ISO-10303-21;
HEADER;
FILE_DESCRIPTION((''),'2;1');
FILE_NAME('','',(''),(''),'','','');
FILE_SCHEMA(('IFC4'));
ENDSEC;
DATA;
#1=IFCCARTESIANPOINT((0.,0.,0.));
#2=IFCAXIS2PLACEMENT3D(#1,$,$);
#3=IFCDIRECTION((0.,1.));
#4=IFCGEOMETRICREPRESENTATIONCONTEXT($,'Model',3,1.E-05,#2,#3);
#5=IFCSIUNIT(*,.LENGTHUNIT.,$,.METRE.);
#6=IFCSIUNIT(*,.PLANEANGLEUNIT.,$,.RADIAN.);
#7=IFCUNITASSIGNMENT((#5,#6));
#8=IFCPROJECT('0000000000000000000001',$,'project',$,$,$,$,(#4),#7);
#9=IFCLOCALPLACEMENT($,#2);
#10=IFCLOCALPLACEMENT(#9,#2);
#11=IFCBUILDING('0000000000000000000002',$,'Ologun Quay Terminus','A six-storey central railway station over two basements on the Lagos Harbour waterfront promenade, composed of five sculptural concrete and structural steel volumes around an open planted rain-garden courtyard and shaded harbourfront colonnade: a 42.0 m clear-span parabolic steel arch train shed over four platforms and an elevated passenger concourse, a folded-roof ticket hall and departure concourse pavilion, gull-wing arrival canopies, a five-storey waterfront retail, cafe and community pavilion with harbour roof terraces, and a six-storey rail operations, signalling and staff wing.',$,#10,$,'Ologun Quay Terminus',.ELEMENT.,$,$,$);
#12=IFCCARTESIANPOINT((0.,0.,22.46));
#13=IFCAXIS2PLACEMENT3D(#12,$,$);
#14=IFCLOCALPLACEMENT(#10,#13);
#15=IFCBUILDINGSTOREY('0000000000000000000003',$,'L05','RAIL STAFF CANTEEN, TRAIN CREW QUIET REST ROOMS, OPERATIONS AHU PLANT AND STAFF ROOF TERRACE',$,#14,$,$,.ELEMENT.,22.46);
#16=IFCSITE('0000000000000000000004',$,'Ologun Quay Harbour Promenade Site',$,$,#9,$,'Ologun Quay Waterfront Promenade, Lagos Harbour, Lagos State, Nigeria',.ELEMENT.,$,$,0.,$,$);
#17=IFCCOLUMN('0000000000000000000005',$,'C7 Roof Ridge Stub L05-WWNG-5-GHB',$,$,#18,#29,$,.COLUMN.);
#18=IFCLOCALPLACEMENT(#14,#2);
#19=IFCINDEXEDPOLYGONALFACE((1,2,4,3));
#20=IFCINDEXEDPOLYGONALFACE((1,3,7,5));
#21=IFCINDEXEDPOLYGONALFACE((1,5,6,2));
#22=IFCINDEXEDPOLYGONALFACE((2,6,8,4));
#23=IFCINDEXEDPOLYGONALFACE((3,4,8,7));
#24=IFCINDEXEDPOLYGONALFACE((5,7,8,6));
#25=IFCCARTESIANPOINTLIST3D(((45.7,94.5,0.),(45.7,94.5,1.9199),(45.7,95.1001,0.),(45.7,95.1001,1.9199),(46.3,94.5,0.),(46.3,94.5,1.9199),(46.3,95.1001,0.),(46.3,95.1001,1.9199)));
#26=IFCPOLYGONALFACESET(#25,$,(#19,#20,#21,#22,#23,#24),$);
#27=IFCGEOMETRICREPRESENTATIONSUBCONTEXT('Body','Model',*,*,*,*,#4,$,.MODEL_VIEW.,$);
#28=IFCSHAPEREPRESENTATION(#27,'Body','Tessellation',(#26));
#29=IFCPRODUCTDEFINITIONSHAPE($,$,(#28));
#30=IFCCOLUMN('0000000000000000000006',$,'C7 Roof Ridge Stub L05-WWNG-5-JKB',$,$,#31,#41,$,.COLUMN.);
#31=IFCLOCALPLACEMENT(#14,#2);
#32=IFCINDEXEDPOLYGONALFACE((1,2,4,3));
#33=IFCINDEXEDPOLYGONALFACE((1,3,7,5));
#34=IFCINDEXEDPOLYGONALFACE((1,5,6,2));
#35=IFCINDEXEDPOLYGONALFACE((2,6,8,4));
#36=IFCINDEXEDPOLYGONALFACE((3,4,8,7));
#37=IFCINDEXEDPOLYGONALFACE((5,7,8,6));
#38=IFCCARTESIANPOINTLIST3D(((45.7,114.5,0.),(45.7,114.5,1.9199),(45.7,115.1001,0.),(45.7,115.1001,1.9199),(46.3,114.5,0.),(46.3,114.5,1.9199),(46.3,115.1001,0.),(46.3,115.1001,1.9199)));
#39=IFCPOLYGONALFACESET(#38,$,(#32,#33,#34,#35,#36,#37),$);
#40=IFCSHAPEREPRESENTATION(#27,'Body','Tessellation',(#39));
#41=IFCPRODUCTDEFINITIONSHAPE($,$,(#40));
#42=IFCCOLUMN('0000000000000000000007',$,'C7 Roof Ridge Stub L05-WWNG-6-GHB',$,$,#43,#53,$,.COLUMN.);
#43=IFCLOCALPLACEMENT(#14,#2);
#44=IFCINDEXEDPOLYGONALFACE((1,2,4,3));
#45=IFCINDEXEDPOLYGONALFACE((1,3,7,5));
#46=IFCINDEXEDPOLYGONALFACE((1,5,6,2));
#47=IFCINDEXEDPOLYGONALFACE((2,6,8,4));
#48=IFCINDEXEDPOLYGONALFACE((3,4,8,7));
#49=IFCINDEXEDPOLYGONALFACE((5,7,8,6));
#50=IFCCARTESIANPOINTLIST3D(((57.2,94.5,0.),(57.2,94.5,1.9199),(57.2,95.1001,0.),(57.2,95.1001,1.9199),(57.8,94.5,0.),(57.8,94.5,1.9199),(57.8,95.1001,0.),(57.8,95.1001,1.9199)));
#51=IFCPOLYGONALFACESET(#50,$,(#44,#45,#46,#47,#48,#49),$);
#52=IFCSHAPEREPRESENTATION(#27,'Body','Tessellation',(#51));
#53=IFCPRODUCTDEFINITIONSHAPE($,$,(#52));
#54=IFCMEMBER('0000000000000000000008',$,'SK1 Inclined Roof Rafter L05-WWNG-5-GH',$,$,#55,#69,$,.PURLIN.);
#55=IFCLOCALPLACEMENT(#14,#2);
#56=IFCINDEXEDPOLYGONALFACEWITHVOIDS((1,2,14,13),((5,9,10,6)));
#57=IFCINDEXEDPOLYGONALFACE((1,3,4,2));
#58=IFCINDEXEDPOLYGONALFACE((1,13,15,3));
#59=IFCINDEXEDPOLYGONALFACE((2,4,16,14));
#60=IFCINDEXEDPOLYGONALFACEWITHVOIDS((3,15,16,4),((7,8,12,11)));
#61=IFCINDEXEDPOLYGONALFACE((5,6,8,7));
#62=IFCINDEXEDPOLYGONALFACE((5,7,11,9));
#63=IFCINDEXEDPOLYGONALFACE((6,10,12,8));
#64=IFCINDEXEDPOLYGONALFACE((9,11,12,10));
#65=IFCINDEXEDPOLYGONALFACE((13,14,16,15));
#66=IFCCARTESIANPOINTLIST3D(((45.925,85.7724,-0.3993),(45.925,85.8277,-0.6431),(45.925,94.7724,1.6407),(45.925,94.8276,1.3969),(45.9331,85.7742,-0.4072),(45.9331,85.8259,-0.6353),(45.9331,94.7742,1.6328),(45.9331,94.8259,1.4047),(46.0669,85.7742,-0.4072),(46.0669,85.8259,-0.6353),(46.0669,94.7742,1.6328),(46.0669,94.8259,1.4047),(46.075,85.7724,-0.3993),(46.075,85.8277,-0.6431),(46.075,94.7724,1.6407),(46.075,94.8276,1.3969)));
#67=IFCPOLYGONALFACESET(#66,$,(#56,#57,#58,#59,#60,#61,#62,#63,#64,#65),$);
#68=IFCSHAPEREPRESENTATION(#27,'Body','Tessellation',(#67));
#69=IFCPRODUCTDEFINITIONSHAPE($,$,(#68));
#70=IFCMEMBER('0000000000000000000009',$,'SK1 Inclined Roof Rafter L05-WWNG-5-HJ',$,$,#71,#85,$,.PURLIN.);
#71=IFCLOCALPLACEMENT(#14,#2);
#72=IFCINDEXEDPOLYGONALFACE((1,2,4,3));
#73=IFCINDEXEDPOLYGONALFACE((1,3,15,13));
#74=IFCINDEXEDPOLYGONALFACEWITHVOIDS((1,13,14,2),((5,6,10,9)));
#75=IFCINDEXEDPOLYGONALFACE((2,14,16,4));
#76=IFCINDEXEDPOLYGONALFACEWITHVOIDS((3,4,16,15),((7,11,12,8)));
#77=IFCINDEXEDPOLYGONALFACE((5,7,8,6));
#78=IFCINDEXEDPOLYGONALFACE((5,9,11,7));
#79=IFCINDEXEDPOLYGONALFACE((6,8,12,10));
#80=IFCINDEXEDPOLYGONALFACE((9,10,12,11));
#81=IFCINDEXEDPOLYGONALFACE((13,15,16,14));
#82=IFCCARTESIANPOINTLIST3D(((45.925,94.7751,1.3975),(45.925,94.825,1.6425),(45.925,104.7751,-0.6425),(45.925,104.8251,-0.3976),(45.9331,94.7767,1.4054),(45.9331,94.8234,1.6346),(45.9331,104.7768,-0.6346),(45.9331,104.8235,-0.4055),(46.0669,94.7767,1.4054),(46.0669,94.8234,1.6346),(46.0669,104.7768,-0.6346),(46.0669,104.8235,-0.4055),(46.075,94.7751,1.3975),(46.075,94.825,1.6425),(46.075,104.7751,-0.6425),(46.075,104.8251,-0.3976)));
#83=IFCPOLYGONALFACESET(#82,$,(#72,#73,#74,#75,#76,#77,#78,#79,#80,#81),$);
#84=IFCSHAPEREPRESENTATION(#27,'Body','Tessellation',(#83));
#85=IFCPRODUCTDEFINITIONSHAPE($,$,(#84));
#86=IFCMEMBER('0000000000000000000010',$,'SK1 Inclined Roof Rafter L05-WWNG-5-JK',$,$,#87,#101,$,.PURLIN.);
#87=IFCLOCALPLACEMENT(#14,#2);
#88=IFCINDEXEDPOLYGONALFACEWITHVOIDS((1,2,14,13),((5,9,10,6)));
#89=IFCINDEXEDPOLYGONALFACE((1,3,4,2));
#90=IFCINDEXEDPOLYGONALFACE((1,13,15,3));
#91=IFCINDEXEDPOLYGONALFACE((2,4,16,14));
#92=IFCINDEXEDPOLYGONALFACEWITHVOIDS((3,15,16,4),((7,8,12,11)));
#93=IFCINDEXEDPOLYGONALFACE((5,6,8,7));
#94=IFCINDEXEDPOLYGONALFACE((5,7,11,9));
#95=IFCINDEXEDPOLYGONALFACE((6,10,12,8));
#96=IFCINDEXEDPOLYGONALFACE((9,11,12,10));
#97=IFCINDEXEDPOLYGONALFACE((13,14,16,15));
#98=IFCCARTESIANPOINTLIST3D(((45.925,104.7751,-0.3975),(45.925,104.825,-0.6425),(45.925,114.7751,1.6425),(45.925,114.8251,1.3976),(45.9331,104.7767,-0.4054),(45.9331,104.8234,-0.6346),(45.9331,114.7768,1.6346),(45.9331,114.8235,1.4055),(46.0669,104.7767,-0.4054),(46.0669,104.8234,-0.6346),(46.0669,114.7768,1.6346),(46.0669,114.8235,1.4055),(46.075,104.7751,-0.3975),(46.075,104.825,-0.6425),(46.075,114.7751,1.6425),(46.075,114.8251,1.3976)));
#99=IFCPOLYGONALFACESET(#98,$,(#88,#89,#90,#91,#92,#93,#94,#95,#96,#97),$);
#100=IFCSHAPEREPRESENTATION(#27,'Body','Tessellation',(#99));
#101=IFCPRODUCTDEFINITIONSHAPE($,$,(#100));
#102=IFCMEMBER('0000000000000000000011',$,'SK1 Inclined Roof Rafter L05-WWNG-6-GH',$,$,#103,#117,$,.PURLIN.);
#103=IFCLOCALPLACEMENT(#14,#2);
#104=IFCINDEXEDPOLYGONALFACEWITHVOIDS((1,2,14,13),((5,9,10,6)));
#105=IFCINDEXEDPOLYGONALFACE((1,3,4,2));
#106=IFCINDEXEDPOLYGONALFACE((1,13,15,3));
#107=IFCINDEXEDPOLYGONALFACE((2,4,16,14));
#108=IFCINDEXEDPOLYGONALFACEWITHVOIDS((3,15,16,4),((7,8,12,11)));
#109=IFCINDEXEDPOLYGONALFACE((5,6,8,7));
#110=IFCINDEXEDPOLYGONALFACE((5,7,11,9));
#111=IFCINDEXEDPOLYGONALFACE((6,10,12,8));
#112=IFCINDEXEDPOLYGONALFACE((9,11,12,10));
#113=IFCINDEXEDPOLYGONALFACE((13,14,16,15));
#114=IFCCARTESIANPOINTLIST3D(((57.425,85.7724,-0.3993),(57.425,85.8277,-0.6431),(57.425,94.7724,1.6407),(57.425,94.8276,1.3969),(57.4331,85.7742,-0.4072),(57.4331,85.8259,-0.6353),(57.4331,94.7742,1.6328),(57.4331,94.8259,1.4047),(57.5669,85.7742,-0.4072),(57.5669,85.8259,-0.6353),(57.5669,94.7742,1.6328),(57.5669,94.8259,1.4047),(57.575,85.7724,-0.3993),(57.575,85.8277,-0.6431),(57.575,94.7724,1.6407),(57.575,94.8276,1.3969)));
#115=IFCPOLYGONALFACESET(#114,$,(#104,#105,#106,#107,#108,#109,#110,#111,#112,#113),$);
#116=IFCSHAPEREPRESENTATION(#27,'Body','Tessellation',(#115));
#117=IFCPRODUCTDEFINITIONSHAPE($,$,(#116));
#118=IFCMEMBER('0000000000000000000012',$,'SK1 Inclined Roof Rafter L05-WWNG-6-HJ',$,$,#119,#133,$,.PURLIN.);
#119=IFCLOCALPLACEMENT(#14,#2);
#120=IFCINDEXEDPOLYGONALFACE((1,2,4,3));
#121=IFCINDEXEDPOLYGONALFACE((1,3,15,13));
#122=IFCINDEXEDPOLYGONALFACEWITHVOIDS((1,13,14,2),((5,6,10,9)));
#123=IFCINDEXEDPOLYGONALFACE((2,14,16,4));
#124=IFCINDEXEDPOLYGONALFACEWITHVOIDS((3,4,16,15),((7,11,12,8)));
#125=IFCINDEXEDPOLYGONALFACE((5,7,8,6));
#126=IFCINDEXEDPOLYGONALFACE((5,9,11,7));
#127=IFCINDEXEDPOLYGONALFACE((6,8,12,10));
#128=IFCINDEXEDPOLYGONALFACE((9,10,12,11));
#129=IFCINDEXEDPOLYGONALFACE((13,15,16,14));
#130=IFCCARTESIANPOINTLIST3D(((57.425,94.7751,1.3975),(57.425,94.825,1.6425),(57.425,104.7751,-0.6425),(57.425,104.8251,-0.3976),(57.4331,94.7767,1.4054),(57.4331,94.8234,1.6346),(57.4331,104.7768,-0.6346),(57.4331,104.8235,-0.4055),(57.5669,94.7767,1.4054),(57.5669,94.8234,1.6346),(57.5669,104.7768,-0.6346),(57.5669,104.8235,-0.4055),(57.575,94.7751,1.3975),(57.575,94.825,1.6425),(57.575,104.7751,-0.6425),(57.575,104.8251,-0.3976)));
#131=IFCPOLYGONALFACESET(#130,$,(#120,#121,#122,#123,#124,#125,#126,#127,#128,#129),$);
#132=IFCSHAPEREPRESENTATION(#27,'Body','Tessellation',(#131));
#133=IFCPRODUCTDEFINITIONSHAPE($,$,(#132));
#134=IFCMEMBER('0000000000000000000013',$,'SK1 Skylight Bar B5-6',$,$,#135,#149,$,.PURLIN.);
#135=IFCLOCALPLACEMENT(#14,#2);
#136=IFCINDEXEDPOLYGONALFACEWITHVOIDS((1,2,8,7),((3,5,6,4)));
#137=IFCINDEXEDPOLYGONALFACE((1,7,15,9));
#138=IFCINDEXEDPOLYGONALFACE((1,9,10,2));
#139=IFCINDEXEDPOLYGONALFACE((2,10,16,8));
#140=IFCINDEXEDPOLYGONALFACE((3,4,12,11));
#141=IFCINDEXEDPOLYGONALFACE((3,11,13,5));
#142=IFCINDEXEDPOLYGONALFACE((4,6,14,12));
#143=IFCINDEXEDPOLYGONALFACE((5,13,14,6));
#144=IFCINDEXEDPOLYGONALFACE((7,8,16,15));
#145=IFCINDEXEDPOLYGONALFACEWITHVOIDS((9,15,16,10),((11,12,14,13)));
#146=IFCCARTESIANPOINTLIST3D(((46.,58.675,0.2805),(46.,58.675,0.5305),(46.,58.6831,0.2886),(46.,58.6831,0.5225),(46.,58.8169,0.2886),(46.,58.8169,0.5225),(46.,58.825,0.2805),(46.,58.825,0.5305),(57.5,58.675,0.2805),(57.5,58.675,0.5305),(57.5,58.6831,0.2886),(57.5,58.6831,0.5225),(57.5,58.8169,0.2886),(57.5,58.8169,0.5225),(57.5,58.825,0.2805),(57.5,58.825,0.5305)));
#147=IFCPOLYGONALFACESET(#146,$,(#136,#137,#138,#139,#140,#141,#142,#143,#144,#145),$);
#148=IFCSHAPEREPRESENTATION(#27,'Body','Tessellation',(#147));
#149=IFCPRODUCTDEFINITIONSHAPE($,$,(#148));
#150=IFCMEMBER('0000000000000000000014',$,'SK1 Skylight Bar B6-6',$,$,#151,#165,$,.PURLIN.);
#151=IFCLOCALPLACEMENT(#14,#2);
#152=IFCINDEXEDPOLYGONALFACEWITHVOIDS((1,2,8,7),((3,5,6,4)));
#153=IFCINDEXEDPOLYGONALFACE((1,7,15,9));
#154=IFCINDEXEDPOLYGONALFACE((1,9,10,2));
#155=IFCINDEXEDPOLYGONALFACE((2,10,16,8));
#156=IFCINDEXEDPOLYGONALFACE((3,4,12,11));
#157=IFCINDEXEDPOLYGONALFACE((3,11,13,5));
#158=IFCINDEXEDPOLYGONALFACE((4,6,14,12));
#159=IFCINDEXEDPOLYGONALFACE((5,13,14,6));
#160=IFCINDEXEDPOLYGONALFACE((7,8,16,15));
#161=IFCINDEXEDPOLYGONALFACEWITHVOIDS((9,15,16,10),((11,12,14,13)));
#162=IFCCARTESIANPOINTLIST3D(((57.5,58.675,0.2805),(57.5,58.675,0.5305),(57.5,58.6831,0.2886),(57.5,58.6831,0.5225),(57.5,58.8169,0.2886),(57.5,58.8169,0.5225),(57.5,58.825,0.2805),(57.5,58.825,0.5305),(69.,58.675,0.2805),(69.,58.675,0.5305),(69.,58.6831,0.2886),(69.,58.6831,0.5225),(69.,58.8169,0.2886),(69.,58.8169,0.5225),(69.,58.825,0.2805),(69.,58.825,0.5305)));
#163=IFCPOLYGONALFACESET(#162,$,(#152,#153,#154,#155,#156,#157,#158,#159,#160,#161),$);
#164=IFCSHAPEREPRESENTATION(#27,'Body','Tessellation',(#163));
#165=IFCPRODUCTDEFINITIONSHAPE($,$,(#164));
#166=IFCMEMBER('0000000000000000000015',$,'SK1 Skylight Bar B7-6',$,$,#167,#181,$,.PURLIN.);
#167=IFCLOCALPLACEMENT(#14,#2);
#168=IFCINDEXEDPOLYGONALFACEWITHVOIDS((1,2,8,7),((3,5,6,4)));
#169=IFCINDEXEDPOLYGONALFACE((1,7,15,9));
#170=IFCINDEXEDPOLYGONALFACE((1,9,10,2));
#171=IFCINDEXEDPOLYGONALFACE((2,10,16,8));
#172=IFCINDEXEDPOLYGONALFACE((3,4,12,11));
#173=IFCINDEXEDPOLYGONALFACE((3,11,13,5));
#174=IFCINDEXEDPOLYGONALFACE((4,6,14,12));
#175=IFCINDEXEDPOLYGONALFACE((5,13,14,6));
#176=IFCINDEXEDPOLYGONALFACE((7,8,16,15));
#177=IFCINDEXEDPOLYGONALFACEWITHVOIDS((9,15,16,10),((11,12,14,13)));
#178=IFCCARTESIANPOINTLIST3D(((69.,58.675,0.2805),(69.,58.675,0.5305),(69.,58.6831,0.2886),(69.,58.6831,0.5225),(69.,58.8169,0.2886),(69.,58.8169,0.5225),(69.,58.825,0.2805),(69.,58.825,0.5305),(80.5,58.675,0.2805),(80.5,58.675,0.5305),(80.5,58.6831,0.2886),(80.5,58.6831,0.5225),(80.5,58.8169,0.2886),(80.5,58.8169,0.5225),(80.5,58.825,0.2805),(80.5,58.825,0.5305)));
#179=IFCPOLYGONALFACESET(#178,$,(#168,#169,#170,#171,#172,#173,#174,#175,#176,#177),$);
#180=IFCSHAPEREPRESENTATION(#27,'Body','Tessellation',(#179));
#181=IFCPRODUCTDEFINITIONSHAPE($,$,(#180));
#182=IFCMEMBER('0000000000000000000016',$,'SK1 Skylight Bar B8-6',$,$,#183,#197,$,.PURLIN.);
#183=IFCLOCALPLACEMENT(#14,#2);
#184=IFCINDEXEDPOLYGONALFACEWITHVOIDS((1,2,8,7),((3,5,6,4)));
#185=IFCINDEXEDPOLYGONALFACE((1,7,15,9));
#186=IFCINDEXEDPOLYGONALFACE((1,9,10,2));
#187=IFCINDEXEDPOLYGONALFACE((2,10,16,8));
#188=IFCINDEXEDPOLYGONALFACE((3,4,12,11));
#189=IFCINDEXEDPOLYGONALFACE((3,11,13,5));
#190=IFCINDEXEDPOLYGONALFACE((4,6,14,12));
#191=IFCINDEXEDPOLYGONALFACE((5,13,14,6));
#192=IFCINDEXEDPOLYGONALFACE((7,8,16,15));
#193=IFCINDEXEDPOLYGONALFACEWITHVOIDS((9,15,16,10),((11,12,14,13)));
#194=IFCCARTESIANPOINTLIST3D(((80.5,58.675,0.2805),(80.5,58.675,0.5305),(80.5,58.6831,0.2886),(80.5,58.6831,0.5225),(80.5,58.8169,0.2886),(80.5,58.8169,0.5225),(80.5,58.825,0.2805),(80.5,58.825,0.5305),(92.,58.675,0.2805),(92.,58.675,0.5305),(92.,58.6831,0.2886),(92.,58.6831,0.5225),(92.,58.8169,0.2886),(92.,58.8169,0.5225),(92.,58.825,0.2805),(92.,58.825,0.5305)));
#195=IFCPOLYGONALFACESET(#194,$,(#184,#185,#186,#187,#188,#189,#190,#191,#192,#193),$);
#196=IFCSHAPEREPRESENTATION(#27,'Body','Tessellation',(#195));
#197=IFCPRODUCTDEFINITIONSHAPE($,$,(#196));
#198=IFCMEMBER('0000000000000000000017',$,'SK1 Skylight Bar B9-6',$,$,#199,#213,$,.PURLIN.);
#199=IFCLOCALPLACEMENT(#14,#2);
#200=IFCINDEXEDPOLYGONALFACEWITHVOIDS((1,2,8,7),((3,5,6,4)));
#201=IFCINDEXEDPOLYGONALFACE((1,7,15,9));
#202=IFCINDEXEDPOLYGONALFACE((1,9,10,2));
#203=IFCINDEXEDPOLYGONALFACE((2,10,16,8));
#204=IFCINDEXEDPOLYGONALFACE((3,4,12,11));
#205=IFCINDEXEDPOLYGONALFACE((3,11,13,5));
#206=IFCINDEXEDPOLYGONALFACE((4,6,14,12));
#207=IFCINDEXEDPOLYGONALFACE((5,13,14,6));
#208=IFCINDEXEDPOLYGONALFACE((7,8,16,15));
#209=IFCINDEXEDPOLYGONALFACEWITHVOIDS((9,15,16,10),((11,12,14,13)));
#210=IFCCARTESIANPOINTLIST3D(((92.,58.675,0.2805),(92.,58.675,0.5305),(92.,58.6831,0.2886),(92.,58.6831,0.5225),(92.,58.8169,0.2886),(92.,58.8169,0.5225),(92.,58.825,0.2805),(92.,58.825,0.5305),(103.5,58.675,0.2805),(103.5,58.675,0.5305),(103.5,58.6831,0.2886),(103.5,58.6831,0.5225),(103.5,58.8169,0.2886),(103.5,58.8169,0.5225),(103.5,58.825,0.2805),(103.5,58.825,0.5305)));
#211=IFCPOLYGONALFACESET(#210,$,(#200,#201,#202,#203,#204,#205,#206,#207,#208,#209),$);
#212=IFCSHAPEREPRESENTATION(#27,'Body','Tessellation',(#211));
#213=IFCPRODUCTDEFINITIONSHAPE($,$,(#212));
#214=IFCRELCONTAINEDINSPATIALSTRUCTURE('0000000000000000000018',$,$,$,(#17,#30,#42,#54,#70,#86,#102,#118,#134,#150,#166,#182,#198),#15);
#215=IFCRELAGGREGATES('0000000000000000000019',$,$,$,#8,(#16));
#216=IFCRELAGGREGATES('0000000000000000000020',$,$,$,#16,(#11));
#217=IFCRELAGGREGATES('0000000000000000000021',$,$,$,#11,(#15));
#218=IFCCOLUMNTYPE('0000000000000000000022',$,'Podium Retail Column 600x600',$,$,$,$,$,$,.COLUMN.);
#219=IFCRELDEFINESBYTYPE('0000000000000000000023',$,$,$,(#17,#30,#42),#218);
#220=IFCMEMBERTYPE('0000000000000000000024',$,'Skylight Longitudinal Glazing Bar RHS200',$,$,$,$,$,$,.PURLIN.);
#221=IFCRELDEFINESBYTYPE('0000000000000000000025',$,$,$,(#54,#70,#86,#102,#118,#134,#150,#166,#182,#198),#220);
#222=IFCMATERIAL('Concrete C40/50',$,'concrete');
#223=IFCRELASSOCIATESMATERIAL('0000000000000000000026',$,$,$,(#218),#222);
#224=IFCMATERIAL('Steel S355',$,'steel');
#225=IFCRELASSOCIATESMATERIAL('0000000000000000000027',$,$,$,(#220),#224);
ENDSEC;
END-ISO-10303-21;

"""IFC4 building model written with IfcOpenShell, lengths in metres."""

from ifc_helpers import new_model, si_unit, direction, frame, origin, origin_2d, place, context, subcontext, project, spatial, rectangle, hollow_rectangle, extrude, material, material_profile, profile_set, type_object, element, save


model = new_model("IFC4")

# Units and contexts
model_context = context("Model", 3, precision=1e-05, world=origin(), true_north=direction((0.0, 1.0)))
body_context = subcontext(model_context, "Body", "Model", "MODEL_VIEW")
ifc_project = project(units=[si_unit("LENGTHUNIT", "METRE"), si_unit("PLANEANGLEUNIT", "RADIAN")], contexts=[model_context])

# Site, building, storey
site_placement = place(None, origin())
site = spatial("IfcSite", under=ifc_project, at=site_placement, Name="Ologun Quay Harbour Promenade Site", LongName="Ologun Quay Waterfront Promenade, Lagos Harbour, Lagos State, Nigeria", CompositionType="ELEMENT", RefElevation=0.0)
building_placement = place(site_placement, origin())
building = spatial("IfcBuilding", under=site, at=building_placement, Name="Ologun Quay Terminus", Description="A six-storey central railway station over two basements on the Lagos Harbour waterfront promenade, composed of five sculptural concrete and structural steel volumes around an open planted rain-garden courtyard and shaded harbourfront colonnade: a 42.0 m clear-span parabolic steel arch train shed over four platforms and an elevated passenger concourse, a folded-roof ticket hall and departure concourse pavilion, gull-wing arrival canopies, a five-storey waterfront retail, cafe and community pavilion with harbour roof terraces, and a six-storey rail operations, signalling and staff wing.", LongName="Ologun Quay Terminus", CompositionType="ELEMENT")
storey_placement = place(building_placement, frame((0.0, 0.0, 22.46)))
storey = spatial("IfcBuildingStorey", under=building, at=storey_placement, Name="L05", Description="RAIL STAFF CANTEEN, TRAIN CREW QUIET REST ROOMS, OPERATIONS AHU PLANT AND STAFF ROOF TERRACE", CompositionType="ELEMENT", Elevation=22.46)

# Columns
ifc_material_1 = material(Name="Concrete C40/50", Category="concrete")
ifc_material_profile_1 = material_profile(ifc_material_1, rectangle(XDim=0.6001, YDim=0.6001, at=origin_2d()), Name="RC 600x600")
ifc_profile_set_1 = profile_set([ifc_material_profile_1], Name="Concrete C40/50")
column_type = type_object("IfcColumnType", Name="Podium Retail Column 600x600", PredefinedType="COLUMN", material=ifc_profile_set_1)
for number, where, z_axis, x_axis, name in (
    (1, (46.0, 94.8, 0.0), (0.0, 0.0, 1.0), (1.0, 0.0, 0.0), "C7 Roof Ridge Stub L05-WWNG-5-GHB"),
    (2, (46.0, 114.8, 0.0), (0.0, 0.0, 1.0), (1.0, 0.0, 0.0), "C7 Roof Ridge Stub L05-WWNG-5-JKB"),
    (3, (57.5, 94.8, 0.0), (0.0, 0.0, 1.0), (1.0, 0.0, 0.0), "C7 Roof Ridge Stub L05-WWNG-6-GHB"),
):
    element("IfcColumn", number, at=place(storey_placement, frame(where, z_axis=z_axis, x_axis=x_axis)), inside=storey, type_object=column_type, Name=name, PredefinedType="COLUMN", context=body_context, shape_type="SweptSolid", body=[
        extrude(rectangle(XDim=0.6001, YDim=0.6001, at=origin_2d()), origin(), (0.0, 0.0, 1.0), 1.9199),
    ])

# Members
ifc_material_2 = material(Name="Steel S355", Category="steel")
ifc_material_profile_2 = material_profile(ifc_material_2, hollow_rectangle(XDim=0.1499, YDim=0.25, WallThickness=0.0081, at=origin_2d()), Name="RHS 250x150x8")
ifc_profile_set_2 = profile_set([ifc_material_profile_2], Name="Steel S355")
member_type = type_object("IfcMemberType", Name="Skylight Longitudinal Glazing Bar RHS200", PredefinedType="PURLIN", material=ifc_profile_set_2)
member_1_placement = place(storey_placement, frame((46.0, 85.8, -0.5212), z_axis=(0.0, 0.97526, 0.221063), x_axis=(-1.0, 0.0, 0.0)))
element("IfcMember", 4, at=member_1_placement, inside=storey, type_object=member_type, Name="SK1 Inclined Roof Rafter L05-WWNG-5-GH", PredefinedType="PURLIN", context=body_context, shape_type="SweptSolid", body=[
    extrude(hollow_rectangle(XDim=0.1499, YDim=0.25, WallThickness=0.0081, at=origin_2d()), origin(), (0.0, 0.0, 1.0), 9.2283),
])
for number, where, z_axis, x_axis, name in (
    (5, (46.0, 94.8, 1.52), (0.0, 0.979819, -0.199887), (-1.0, 0.0, 0.0), "SK1 Inclined Roof Rafter L05-WWNG-5-HJ"),
    (6, (46.0, 104.8, -0.52), (0.0, 0.979819, 0.199887), (-1.0, 0.0, 0.0), "SK1 Inclined Roof Rafter L05-WWNG-5-JK"),
):
    element("IfcMember", number, at=place(storey_placement, frame(where, z_axis=z_axis, x_axis=x_axis)), inside=storey, type_object=member_type, Name=name, PredefinedType="PURLIN", context=body_context, shape_type="SweptSolid", body=[
        extrude(hollow_rectangle(XDim=0.1499, YDim=0.25, WallThickness=0.0081, at=origin_2d()), origin(), (0.0, 0.0, 1.0), 10.2061),
    ])
member_2_placement = place(storey_placement, frame((57.5, 85.8, -0.5212), z_axis=(0.0, 0.97526, 0.221063), x_axis=(-1.0, 0.0, 0.0)))
element("IfcMember", 7, at=member_2_placement, inside=storey, type_object=member_type, Name="SK1 Inclined Roof Rafter L05-WWNG-6-GH", PredefinedType="PURLIN", context=body_context, shape_type="SweptSolid", body=[
    extrude(hollow_rectangle(XDim=0.1499, YDim=0.25, WallThickness=0.0081, at=origin_2d()), origin(), (0.0, 0.0, 1.0), 9.2283),
])
member_3_placement = place(storey_placement, frame((57.5, 94.8, 1.52), z_axis=(0.0, 0.979819, -0.199887), x_axis=(-1.0, 0.0, 0.0)))
element("IfcMember", 8, at=member_3_placement, inside=storey, type_object=member_type, Name="SK1 Inclined Roof Rafter L05-WWNG-6-HJ", PredefinedType="PURLIN", context=body_context, shape_type="SweptSolid", body=[
    extrude(hollow_rectangle(XDim=0.1499, YDim=0.25, WallThickness=0.0081, at=origin_2d()), origin(), (0.0, 0.0, 1.0), 10.2061),
])
for number, where, z_axis, x_axis, name in (
    (9, (46.0, 58.75, 0.4055), (1.0, 0.0, 0.0), (0.0, 1.0, 0.0), "SK1 Skylight Bar B5-6"),
    (10, (57.5, 58.75, 0.4055), (1.0, 0.0, 0.0), (0.0, 1.0, 0.0), "SK1 Skylight Bar B6-6"),
    (11, (69.0, 58.75, 0.4055), (1.0, 0.0, 0.0), (0.0, 1.0, 0.0), "SK1 Skylight Bar B7-6"),
    (12, (80.5, 58.75, 0.4055), (1.0, 0.0, 0.0), (0.0, 1.0, 0.0), "SK1 Skylight Bar B8-6"),
    (13, (92.0, 58.75, 0.4055), (1.0, 0.0, 0.0), (0.0, 1.0, 0.0), "SK1 Skylight Bar B9-6"),
):
    element("IfcMember", number, at=place(storey_placement, frame(where, z_axis=z_axis, x_axis=x_axis)), inside=storey, type_object=member_type, Name=name, PredefinedType="PURLIN", context=body_context, shape_type="SweptSolid", body=[
        extrude(hollow_rectangle(XDim=0.1499, YDim=0.25, WallThickness=0.0081, at=origin_2d()), origin(), (0.0, 0.0, 1.0), 11.5),
    ])

save(model, "model.ifc")
